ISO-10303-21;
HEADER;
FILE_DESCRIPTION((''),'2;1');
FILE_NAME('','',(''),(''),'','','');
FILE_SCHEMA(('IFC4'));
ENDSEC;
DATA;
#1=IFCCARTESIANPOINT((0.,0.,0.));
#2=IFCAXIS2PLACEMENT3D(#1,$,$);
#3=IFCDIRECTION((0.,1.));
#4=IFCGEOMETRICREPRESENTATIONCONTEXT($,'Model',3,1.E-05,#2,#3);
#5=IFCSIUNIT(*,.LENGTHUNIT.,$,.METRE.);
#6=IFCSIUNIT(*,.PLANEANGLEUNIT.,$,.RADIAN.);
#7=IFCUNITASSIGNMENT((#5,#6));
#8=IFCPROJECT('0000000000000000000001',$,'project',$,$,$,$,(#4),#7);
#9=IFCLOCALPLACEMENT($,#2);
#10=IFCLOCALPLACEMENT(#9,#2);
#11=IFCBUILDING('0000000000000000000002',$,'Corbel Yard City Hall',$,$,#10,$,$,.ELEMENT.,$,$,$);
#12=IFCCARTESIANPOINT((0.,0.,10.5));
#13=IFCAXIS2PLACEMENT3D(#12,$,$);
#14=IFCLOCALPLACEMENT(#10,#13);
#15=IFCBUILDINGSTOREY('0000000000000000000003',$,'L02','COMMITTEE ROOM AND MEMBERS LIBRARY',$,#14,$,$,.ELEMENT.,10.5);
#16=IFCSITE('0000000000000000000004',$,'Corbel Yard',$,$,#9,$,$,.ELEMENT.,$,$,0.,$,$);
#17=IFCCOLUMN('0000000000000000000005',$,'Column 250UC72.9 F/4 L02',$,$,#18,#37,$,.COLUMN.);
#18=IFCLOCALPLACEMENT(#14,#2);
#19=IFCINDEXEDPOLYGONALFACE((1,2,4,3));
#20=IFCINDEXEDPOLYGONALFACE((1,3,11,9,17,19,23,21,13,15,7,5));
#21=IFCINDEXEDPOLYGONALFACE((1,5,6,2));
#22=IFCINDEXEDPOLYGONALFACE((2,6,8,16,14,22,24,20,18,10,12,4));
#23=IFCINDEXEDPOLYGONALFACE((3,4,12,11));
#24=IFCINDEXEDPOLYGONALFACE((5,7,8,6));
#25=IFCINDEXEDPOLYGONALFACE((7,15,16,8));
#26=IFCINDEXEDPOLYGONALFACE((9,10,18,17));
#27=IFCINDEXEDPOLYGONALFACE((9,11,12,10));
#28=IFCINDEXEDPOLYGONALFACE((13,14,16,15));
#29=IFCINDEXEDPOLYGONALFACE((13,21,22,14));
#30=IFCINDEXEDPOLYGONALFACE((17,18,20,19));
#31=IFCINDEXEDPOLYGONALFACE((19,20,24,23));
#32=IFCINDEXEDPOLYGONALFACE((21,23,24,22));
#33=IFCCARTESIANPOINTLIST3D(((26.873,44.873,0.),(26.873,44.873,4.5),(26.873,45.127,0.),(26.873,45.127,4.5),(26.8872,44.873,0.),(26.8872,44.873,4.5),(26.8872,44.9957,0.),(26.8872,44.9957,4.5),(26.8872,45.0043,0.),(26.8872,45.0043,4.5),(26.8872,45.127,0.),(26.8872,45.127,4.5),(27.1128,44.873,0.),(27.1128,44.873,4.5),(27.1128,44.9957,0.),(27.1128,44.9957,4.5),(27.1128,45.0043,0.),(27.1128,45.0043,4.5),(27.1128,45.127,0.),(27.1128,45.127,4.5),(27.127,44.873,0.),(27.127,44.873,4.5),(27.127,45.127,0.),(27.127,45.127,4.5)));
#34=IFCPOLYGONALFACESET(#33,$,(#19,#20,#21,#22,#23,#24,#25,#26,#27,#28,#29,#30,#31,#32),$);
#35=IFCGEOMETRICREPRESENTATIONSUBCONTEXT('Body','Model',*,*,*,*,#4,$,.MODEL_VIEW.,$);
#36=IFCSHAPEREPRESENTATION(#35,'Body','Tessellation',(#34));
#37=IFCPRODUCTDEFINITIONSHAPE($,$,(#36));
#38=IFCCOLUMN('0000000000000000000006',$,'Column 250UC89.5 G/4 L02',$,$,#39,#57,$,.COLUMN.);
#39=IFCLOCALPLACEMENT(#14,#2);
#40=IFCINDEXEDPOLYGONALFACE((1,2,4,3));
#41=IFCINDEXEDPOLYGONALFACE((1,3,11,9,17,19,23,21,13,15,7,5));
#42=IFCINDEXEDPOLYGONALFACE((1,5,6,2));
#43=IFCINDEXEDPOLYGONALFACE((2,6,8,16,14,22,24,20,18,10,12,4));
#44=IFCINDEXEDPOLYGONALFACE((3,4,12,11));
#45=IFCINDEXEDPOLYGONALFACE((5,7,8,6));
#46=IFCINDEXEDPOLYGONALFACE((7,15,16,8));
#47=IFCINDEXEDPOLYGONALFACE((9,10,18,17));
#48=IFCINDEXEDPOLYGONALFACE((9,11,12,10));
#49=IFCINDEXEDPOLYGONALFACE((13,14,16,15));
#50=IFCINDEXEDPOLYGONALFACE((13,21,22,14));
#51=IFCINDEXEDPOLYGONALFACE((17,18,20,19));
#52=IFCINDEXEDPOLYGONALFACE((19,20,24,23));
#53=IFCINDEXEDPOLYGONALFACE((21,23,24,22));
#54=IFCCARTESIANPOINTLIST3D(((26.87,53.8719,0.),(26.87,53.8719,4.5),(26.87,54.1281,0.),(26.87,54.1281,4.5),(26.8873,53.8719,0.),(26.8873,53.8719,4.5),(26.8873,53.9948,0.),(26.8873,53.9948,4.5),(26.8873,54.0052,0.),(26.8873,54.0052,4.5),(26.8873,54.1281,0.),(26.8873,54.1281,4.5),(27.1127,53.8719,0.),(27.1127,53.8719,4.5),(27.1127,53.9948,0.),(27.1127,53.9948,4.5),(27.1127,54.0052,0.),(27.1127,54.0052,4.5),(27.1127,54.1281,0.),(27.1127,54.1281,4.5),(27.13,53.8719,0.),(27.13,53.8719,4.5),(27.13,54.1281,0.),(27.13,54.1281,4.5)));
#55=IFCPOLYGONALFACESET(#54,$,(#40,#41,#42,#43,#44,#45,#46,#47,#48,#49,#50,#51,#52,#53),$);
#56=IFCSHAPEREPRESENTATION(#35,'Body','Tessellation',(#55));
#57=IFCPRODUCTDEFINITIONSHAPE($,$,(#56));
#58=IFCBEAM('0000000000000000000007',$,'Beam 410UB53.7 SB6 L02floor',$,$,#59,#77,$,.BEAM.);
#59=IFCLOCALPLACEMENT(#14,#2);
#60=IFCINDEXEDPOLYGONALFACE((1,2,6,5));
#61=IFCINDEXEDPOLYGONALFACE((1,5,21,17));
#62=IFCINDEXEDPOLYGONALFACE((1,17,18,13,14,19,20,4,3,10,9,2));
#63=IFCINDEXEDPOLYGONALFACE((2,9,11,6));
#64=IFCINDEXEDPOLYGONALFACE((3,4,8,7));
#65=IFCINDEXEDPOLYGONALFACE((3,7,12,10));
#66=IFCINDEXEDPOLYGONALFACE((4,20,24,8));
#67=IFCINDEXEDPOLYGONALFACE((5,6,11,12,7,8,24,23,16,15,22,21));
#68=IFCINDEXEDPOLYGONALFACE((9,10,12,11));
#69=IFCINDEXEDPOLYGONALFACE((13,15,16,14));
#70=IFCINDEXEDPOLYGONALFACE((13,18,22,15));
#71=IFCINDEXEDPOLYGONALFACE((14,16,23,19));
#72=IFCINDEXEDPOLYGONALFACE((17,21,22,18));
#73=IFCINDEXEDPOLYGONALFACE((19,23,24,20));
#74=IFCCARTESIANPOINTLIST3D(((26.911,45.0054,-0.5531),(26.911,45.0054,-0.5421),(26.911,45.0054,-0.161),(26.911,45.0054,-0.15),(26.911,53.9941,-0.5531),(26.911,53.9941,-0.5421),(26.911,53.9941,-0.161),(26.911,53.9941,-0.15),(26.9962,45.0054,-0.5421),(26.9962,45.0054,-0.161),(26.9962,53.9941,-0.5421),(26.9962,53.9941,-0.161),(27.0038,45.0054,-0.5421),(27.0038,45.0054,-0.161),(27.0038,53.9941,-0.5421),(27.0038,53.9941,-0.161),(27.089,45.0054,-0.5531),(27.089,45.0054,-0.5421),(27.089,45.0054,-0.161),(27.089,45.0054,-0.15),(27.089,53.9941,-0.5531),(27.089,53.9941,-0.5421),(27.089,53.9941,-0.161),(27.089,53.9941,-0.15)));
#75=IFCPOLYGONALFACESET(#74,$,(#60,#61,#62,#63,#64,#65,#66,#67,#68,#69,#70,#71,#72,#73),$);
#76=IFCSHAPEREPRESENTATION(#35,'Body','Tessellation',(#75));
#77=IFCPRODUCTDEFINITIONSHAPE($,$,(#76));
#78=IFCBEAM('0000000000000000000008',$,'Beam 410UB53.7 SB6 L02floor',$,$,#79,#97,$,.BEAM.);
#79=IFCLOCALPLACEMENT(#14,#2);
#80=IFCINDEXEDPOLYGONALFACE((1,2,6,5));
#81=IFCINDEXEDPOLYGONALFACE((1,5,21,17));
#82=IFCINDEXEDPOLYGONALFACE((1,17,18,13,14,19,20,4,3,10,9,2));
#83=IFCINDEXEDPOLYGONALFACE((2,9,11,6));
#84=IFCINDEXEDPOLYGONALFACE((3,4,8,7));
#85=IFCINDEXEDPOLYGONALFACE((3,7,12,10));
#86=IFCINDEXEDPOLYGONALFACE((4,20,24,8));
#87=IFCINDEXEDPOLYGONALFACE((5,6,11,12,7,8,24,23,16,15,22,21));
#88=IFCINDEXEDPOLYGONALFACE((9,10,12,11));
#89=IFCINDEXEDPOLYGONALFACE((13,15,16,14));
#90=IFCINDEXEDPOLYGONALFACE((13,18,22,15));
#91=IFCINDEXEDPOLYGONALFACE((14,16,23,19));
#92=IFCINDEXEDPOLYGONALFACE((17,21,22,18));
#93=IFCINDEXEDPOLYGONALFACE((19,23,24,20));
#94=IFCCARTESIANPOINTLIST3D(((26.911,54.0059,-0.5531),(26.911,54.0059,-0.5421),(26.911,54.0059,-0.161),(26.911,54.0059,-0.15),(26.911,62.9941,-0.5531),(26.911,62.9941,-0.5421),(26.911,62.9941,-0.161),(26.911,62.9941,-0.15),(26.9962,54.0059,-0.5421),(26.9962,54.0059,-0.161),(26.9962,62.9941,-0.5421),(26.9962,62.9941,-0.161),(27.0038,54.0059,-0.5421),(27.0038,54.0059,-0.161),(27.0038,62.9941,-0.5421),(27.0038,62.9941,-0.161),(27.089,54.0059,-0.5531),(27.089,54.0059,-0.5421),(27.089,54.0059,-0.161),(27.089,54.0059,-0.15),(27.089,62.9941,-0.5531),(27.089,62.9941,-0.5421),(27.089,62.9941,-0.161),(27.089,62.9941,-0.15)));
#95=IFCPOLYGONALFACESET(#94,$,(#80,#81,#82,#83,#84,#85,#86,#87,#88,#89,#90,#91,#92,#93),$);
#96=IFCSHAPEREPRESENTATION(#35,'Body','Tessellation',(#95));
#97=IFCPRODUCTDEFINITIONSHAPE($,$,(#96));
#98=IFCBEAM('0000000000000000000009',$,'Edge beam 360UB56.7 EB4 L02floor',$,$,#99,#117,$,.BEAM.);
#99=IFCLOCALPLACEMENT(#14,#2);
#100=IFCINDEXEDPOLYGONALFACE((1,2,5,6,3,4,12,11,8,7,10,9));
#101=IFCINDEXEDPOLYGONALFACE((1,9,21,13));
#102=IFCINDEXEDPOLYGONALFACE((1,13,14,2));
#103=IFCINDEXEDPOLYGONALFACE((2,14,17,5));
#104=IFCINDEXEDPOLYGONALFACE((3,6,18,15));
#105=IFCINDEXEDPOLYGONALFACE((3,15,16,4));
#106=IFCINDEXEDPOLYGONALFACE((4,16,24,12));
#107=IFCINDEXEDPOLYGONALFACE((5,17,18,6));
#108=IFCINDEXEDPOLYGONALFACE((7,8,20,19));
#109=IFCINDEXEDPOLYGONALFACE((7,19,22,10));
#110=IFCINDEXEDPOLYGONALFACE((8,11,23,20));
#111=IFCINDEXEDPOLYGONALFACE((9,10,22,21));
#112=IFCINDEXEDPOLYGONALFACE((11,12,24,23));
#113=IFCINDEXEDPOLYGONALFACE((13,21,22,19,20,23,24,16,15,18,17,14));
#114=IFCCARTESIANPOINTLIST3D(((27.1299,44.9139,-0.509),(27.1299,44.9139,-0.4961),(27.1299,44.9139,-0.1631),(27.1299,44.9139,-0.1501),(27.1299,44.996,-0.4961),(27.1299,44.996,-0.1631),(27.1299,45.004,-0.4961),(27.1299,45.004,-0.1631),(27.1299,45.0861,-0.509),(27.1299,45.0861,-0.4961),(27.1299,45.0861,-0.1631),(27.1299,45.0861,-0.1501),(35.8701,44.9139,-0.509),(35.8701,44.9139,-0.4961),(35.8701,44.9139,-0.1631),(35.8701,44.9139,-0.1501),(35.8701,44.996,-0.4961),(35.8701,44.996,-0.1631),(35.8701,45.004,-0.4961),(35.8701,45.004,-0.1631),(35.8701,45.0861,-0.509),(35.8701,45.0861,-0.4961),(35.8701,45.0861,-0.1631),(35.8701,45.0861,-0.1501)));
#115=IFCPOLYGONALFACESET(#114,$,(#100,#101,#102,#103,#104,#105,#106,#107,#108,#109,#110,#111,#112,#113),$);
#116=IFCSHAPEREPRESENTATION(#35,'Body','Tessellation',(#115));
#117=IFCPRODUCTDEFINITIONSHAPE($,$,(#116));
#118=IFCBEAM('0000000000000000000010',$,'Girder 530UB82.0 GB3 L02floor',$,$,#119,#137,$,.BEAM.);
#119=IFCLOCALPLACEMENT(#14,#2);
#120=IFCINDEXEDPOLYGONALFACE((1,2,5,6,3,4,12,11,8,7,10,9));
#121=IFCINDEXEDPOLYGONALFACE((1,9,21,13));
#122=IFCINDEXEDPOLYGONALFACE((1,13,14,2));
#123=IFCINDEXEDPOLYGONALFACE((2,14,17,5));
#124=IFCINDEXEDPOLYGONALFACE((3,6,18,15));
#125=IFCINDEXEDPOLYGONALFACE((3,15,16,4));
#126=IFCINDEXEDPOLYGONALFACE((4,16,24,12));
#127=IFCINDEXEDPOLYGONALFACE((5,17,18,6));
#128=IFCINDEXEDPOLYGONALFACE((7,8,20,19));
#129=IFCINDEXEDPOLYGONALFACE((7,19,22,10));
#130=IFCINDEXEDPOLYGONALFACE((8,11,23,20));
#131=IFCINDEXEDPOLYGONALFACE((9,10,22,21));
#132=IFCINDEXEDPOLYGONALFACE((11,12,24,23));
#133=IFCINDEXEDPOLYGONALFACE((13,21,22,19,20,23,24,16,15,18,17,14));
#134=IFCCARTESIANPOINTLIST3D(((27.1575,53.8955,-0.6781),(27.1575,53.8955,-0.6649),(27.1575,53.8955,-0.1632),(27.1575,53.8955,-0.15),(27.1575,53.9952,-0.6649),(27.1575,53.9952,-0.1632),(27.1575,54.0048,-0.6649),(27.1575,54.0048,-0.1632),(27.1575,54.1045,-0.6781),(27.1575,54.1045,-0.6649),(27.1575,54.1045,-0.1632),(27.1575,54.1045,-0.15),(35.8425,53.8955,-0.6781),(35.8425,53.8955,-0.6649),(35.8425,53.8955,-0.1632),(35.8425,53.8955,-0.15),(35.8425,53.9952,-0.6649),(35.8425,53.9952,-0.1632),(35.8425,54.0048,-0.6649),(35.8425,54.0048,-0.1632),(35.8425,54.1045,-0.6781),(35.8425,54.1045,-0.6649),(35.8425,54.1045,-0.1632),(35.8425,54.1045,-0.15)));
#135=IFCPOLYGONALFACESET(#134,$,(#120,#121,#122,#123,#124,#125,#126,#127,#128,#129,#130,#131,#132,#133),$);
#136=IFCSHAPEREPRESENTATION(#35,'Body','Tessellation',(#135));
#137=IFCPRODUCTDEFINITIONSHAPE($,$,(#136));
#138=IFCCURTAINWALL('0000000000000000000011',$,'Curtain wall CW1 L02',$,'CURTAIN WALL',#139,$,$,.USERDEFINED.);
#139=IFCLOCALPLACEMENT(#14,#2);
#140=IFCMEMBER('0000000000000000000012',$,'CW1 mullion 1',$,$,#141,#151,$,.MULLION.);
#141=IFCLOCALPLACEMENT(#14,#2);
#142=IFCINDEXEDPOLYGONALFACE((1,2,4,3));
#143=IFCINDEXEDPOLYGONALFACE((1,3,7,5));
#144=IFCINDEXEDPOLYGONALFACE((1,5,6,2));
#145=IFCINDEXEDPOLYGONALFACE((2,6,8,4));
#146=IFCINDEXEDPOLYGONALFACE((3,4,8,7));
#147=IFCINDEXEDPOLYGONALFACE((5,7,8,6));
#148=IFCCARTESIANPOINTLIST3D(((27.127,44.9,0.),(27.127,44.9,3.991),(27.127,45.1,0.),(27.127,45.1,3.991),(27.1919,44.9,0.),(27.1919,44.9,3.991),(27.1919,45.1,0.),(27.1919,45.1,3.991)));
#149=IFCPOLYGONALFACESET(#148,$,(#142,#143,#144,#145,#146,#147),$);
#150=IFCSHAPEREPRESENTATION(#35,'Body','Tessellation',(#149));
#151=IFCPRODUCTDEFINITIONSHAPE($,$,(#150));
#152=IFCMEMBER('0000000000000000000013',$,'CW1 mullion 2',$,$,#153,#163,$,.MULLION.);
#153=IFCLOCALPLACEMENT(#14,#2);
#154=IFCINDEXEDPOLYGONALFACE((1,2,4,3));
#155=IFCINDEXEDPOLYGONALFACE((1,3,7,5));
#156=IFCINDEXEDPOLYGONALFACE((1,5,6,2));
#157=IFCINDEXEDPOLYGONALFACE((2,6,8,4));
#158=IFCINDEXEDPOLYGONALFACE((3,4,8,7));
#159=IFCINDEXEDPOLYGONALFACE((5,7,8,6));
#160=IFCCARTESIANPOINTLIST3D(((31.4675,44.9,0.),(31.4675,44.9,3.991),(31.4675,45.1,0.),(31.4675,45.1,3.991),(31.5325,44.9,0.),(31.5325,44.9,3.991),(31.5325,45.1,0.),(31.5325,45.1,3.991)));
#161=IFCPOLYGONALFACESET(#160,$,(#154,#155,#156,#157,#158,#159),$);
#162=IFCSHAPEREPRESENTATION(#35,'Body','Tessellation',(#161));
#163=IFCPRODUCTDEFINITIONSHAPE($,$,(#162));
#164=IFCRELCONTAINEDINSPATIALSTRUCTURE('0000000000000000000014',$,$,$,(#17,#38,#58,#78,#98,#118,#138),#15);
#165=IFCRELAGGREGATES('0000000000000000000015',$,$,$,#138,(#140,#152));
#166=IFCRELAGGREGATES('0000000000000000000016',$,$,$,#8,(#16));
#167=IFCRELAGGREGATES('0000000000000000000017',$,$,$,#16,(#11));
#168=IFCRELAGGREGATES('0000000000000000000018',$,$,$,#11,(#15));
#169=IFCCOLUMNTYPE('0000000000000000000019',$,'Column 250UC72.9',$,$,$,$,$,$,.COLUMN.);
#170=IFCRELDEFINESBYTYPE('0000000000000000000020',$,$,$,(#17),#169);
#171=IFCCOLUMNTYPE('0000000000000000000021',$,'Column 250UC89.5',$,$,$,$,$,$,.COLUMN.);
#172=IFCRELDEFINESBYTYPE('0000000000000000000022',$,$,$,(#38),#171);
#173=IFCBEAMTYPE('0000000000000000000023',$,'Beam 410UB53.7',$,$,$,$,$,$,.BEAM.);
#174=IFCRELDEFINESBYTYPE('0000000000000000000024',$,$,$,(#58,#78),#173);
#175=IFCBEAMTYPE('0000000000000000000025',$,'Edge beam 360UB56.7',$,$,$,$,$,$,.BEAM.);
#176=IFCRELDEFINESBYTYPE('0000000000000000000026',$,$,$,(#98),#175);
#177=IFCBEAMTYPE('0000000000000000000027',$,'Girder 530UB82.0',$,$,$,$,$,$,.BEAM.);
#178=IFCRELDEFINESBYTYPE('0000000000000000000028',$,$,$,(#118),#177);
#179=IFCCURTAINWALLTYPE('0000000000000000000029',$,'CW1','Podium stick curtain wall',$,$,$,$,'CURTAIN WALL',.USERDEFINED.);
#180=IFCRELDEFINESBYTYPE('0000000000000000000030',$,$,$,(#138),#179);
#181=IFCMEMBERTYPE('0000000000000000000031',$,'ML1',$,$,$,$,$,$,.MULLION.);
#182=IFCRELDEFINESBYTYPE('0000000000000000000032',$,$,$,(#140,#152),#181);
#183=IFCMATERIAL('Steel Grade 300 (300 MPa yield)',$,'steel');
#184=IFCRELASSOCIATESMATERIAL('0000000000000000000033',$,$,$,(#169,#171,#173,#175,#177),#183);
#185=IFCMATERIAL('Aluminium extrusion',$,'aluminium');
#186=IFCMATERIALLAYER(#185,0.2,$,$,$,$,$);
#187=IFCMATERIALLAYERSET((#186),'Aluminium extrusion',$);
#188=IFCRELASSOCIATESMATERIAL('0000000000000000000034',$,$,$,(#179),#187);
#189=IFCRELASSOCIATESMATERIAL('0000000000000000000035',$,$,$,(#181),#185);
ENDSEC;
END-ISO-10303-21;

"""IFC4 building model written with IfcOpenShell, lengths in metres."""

from ifc_helpers import new_model, si_unit, direction, frame, origin, origin_2d, place, context, subcontext, project, spatial, rectangle, i_section, extrude, material, layer, layer_set, material_profile, profile_set, type_object, element, aggregate, save


model = new_model("IFC4")

# Units and contexts
model_context = context("Model", 3, precision=1e-05, world=origin(), true_north=direction((0.0, 1.0)))
body_context = subcontext(model_context, "Body", "Model", "MODEL_VIEW")
ifc_project = project(units=[si_unit("LENGTHUNIT", "METRE"), si_unit("PLANEANGLEUNIT", "RADIAN")], contexts=[model_context])

# Site, building, storey
site_placement = place(None, origin())
site = spatial("IfcSite", under=ifc_project, at=site_placement, Name="Corbel Yard", CompositionType="ELEMENT", RefElevation=0.0)
building_placement = place(site_placement, origin())
building = spatial("IfcBuilding", under=site, at=building_placement, Name="Corbel Yard City Hall", CompositionType="ELEMENT")
storey_placement = place(building_placement, frame((0.0, 0.0, 10.5)))
storey = spatial("IfcBuildingStorey", under=building, at=storey_placement, Name="L02", Description="COMMITTEE ROOM AND MEMBERS LIBRARY", CompositionType="ELEMENT", Elevation=10.5)

# Columns
ifc_material_1 = material(Name="Steel Grade 300 (300 MPa yield)", Category="steel")
ifc_material_profile_1 = material_profile(ifc_material_1, i_section(OverallWidth=0.2539, OverallDepth=0.2539, WebThickness=0.0085, FlangeThickness=0.0142, at=origin_2d()), Name="250UC72.9")
ifc_profile_set_1 = profile_set([ifc_material_profile_1], Name="Steel Grade 300 (300 MPa yield)")
column_type_1 = type_object("IfcColumnType", Name="Column 250UC72.9", PredefinedType="COLUMN", material=ifc_profile_set_1)
column_1_placement = place(storey_placement, frame((27.0, 45.0, 0.0), z_axis=(0.0, 0.0, 1.0), x_axis=(0.0, 1.0, 0.0)))
element("IfcColumn", 1, at=column_1_placement, inside=storey, type_object=column_type_1, Name="Column 250UC72.9 F/4 L02", PredefinedType="COLUMN", context=body_context, shape_type="SweptSolid", body=[
    extrude(i_section(OverallWidth=0.2539, OverallDepth=0.2539, WebThickness=0.0085, FlangeThickness=0.0142, at=origin_2d()), origin(), (0.0, 0.0, 1.0), 4.5),
])
ifc_material_profile_2 = material_profile(ifc_material_1, i_section(OverallWidth=0.2561, OverallDepth=0.26, WebThickness=0.0105, FlangeThickness=0.0173, at=origin_2d()), Name="250UC89.5")
ifc_profile_set_2 = profile_set([ifc_material_profile_2], Name="Steel Grade 300 (300 MPa yield)")
column_type_2 = type_object("IfcColumnType", Name="Column 250UC89.5", PredefinedType="COLUMN", material=ifc_profile_set_2)
column_2_placement = place(storey_placement, frame((27.0, 54.0, 0.0), z_axis=(0.0, 0.0, 1.0), x_axis=(0.0, 1.0, 0.0)))
element("IfcColumn", 2, at=column_2_placement, inside=storey, type_object=column_type_2, Name="Column 250UC89.5 G/4 L02", PredefinedType="COLUMN", context=body_context, shape_type="SweptSolid", body=[
    extrude(i_section(OverallWidth=0.2561, OverallDepth=0.26, WebThickness=0.0105, FlangeThickness=0.0173, at=origin_2d()), origin(), (0.0, 0.0, 1.0), 4.5),
])

# Beams
ifc_material_profile_3 = material_profile(ifc_material_1, i_section(OverallWidth=0.178, OverallDepth=0.4031, WebThickness=0.0076, FlangeThickness=0.011, at=origin_2d()), Name="410UB53.7")
ifc_profile_set_3 = profile_set([ifc_material_profile_3], Name="Steel Grade 300 (300 MPa yield)")
beam_type_1 = type_object("IfcBeamType", Name="Beam 410UB53.7", PredefinedType="BEAM", material=ifc_profile_set_3)
beam_1_placement = place(storey_placement, frame((27.0, 45.0054, -0.3516), z_axis=(0.0, 1.0, 0.0), x_axis=(-1.0, 0.0, 0.0)))
element("IfcBeam", 3, at=beam_1_placement, inside=storey, type_object=beam_type_1, Name="Beam 410UB53.7 SB6 L02floor", PredefinedType="BEAM", context=body_context, shape_type="SweptSolid", body=[
    extrude(i_section(OverallWidth=0.178, OverallDepth=0.4031, WebThickness=0.0076, FlangeThickness=0.011, at=origin_2d()), origin(), (0.0, 0.0, 1.0), 8.9888),
])
beam_2_placement = place(storey_placement, frame((27.0, 54.0059, -0.3516), z_axis=(0.0, 1.0, 0.0), x_axis=(-1.0, 0.0, 0.0)))
element("IfcBeam", 4, at=beam_2_placement, inside=storey, type_object=beam_type_1, Name="Beam 410UB53.7 SB6 L02floor", PredefinedType="BEAM", context=body_context, shape_type="SweptSolid", body=[
    extrude(i_section(OverallWidth=0.178, OverallDepth=0.4031, WebThickness=0.0076, FlangeThickness=0.011, at=origin_2d()), origin(), (0.0, 0.0, 1.0), 8.9883),
])
ifc_material_profile_4 = material_profile(ifc_material_1, i_section(OverallWidth=0.1721, OverallDepth=0.3589, WebThickness=0.0081, FlangeThickness=0.0129, at=origin_2d()), Name="360UB56.7")
ifc_profile_set_4 = profile_set([ifc_material_profile_4], Name="Steel Grade 300 (300 MPa yield)")
beam_type_2 = type_object("IfcBeamType", Name="Edge beam 360UB56.7", PredefinedType="BEAM", material=ifc_profile_set_4)
beam_3_placement = place(storey_placement, frame((27.1299, 45.0, -0.3296), z_axis=(1.0, 0.0, 0.0), x_axis=(0.0, 1.0, 0.0)))
element("IfcBeam", 5, at=beam_3_placement, inside=storey, type_object=beam_type_2, Name="Edge beam 360UB56.7 EB4 L02floor", PredefinedType="BEAM", context=body_context, shape_type="SweptSolid", body=[
    extrude(i_section(OverallWidth=0.1721, OverallDepth=0.3589, WebThickness=0.0081, FlangeThickness=0.0129, at=origin_2d()), origin(), (0.0, 0.0, 1.0), 8.7402),
])
ifc_material_profile_5 = material_profile(ifc_material_1, i_section(OverallWidth=0.209, OverallDepth=0.5281, WebThickness=0.0095, FlangeThickness=0.0132, at=origin_2d()), Name="530UB82.0")
ifc_profile_set_5 = profile_set([ifc_material_profile_5], Name="Steel Grade 300 (300 MPa yield)")
beam_type_3 = type_object("IfcBeamType", Name="Girder 530UB82.0", PredefinedType="BEAM", material=ifc_profile_set_5)
beam_4_placement = place(storey_placement, frame((27.1575, 54.0, -0.4141), z_axis=(1.0, 0.0, 0.0), x_axis=(0.0, 1.0, 0.0)))
element("IfcBeam", 6, at=beam_4_placement, inside=storey, type_object=beam_type_3, Name="Girder 530UB82.0 GB3 L02floor", PredefinedType="BEAM", context=body_context, shape_type="SweptSolid", body=[
    extrude(i_section(OverallWidth=0.209, OverallDepth=0.5281, WebThickness=0.0095, FlangeThickness=0.0132, at=origin_2d()), origin(), (0.0, 0.0, 1.0), 8.6851),
])

# Curtain wall, members
ifc_material_2 = material(Name="Aluminium extrusion", Category="aluminium")
ifc_layer_1 = layer(ifc_material_2, 0.2)
ifc_layer_set_1 = layer_set([ifc_layer_1], Name="Aluminium extrusion")
curtain_wall_type = type_object("IfcCurtainWallType", Name="CW1", Description="Podium stick curtain wall", ElementType="CURTAIN WALL", PredefinedType="USERDEFINED", material=ifc_layer_set_1)
curtain_wall_placement = place(storey_placement, origin())
curtain_wall = element("IfcCurtainWall", 7, at=curtain_wall_placement, inside=storey, type_object=curtain_wall_type, Name="Curtain wall CW1 L02", ObjectType="CURTAIN WALL", PredefinedType="USERDEFINED")
ifc_material_profile_6 = material_profile(ifc_material_2, rectangle(XDim=0.2, YDim=0.0649, at=origin_2d()), Name="200x65")
ifc_profile_set_6 = profile_set([ifc_material_profile_6], Name="Aluminium extrusion")
member_type_1 = type_object("IfcMemberType", Name="ML1", PredefinedType="MULLION", material=ifc_profile_set_6)
member_1_placement = place(storey_placement, frame((27.1594, 45.0, 0.0), z_axis=(0.0, 0.0, 1.0), x_axis=(0.0, 1.0, 0.0)))
member_1 = element("IfcMember", 8, at=member_1_placement, type_object=member_type_1, Name="CW1 mullion 1", PredefinedType="MULLION", context=body_context, shape_type="SweptSolid", body=[
    extrude(rectangle(XDim=0.2, YDim=0.0649, at=origin_2d()), origin(), (0.0, 0.0, 1.0), 3.991),
])
member_2_placement = place(storey_placement, frame((31.5, 45.0, 0.0), z_axis=(0.0, 0.0, 1.0), x_axis=(0.0, 1.0, 0.0)))
member_2 = element("IfcMember", 9, at=member_2_placement, type_object=member_type_1, Name="CW1 mullion 2", PredefinedType="MULLION", context=body_context, shape_type="SweptSolid", body=[
    extrude(rectangle(XDim=0.2, YDim=0.0649, at=origin_2d()), origin(), (0.0, 0.0, 1.0), 3.991),
])

aggregate(curtain_wall, [member_1, member_2])

save(model, "model.ifc")
